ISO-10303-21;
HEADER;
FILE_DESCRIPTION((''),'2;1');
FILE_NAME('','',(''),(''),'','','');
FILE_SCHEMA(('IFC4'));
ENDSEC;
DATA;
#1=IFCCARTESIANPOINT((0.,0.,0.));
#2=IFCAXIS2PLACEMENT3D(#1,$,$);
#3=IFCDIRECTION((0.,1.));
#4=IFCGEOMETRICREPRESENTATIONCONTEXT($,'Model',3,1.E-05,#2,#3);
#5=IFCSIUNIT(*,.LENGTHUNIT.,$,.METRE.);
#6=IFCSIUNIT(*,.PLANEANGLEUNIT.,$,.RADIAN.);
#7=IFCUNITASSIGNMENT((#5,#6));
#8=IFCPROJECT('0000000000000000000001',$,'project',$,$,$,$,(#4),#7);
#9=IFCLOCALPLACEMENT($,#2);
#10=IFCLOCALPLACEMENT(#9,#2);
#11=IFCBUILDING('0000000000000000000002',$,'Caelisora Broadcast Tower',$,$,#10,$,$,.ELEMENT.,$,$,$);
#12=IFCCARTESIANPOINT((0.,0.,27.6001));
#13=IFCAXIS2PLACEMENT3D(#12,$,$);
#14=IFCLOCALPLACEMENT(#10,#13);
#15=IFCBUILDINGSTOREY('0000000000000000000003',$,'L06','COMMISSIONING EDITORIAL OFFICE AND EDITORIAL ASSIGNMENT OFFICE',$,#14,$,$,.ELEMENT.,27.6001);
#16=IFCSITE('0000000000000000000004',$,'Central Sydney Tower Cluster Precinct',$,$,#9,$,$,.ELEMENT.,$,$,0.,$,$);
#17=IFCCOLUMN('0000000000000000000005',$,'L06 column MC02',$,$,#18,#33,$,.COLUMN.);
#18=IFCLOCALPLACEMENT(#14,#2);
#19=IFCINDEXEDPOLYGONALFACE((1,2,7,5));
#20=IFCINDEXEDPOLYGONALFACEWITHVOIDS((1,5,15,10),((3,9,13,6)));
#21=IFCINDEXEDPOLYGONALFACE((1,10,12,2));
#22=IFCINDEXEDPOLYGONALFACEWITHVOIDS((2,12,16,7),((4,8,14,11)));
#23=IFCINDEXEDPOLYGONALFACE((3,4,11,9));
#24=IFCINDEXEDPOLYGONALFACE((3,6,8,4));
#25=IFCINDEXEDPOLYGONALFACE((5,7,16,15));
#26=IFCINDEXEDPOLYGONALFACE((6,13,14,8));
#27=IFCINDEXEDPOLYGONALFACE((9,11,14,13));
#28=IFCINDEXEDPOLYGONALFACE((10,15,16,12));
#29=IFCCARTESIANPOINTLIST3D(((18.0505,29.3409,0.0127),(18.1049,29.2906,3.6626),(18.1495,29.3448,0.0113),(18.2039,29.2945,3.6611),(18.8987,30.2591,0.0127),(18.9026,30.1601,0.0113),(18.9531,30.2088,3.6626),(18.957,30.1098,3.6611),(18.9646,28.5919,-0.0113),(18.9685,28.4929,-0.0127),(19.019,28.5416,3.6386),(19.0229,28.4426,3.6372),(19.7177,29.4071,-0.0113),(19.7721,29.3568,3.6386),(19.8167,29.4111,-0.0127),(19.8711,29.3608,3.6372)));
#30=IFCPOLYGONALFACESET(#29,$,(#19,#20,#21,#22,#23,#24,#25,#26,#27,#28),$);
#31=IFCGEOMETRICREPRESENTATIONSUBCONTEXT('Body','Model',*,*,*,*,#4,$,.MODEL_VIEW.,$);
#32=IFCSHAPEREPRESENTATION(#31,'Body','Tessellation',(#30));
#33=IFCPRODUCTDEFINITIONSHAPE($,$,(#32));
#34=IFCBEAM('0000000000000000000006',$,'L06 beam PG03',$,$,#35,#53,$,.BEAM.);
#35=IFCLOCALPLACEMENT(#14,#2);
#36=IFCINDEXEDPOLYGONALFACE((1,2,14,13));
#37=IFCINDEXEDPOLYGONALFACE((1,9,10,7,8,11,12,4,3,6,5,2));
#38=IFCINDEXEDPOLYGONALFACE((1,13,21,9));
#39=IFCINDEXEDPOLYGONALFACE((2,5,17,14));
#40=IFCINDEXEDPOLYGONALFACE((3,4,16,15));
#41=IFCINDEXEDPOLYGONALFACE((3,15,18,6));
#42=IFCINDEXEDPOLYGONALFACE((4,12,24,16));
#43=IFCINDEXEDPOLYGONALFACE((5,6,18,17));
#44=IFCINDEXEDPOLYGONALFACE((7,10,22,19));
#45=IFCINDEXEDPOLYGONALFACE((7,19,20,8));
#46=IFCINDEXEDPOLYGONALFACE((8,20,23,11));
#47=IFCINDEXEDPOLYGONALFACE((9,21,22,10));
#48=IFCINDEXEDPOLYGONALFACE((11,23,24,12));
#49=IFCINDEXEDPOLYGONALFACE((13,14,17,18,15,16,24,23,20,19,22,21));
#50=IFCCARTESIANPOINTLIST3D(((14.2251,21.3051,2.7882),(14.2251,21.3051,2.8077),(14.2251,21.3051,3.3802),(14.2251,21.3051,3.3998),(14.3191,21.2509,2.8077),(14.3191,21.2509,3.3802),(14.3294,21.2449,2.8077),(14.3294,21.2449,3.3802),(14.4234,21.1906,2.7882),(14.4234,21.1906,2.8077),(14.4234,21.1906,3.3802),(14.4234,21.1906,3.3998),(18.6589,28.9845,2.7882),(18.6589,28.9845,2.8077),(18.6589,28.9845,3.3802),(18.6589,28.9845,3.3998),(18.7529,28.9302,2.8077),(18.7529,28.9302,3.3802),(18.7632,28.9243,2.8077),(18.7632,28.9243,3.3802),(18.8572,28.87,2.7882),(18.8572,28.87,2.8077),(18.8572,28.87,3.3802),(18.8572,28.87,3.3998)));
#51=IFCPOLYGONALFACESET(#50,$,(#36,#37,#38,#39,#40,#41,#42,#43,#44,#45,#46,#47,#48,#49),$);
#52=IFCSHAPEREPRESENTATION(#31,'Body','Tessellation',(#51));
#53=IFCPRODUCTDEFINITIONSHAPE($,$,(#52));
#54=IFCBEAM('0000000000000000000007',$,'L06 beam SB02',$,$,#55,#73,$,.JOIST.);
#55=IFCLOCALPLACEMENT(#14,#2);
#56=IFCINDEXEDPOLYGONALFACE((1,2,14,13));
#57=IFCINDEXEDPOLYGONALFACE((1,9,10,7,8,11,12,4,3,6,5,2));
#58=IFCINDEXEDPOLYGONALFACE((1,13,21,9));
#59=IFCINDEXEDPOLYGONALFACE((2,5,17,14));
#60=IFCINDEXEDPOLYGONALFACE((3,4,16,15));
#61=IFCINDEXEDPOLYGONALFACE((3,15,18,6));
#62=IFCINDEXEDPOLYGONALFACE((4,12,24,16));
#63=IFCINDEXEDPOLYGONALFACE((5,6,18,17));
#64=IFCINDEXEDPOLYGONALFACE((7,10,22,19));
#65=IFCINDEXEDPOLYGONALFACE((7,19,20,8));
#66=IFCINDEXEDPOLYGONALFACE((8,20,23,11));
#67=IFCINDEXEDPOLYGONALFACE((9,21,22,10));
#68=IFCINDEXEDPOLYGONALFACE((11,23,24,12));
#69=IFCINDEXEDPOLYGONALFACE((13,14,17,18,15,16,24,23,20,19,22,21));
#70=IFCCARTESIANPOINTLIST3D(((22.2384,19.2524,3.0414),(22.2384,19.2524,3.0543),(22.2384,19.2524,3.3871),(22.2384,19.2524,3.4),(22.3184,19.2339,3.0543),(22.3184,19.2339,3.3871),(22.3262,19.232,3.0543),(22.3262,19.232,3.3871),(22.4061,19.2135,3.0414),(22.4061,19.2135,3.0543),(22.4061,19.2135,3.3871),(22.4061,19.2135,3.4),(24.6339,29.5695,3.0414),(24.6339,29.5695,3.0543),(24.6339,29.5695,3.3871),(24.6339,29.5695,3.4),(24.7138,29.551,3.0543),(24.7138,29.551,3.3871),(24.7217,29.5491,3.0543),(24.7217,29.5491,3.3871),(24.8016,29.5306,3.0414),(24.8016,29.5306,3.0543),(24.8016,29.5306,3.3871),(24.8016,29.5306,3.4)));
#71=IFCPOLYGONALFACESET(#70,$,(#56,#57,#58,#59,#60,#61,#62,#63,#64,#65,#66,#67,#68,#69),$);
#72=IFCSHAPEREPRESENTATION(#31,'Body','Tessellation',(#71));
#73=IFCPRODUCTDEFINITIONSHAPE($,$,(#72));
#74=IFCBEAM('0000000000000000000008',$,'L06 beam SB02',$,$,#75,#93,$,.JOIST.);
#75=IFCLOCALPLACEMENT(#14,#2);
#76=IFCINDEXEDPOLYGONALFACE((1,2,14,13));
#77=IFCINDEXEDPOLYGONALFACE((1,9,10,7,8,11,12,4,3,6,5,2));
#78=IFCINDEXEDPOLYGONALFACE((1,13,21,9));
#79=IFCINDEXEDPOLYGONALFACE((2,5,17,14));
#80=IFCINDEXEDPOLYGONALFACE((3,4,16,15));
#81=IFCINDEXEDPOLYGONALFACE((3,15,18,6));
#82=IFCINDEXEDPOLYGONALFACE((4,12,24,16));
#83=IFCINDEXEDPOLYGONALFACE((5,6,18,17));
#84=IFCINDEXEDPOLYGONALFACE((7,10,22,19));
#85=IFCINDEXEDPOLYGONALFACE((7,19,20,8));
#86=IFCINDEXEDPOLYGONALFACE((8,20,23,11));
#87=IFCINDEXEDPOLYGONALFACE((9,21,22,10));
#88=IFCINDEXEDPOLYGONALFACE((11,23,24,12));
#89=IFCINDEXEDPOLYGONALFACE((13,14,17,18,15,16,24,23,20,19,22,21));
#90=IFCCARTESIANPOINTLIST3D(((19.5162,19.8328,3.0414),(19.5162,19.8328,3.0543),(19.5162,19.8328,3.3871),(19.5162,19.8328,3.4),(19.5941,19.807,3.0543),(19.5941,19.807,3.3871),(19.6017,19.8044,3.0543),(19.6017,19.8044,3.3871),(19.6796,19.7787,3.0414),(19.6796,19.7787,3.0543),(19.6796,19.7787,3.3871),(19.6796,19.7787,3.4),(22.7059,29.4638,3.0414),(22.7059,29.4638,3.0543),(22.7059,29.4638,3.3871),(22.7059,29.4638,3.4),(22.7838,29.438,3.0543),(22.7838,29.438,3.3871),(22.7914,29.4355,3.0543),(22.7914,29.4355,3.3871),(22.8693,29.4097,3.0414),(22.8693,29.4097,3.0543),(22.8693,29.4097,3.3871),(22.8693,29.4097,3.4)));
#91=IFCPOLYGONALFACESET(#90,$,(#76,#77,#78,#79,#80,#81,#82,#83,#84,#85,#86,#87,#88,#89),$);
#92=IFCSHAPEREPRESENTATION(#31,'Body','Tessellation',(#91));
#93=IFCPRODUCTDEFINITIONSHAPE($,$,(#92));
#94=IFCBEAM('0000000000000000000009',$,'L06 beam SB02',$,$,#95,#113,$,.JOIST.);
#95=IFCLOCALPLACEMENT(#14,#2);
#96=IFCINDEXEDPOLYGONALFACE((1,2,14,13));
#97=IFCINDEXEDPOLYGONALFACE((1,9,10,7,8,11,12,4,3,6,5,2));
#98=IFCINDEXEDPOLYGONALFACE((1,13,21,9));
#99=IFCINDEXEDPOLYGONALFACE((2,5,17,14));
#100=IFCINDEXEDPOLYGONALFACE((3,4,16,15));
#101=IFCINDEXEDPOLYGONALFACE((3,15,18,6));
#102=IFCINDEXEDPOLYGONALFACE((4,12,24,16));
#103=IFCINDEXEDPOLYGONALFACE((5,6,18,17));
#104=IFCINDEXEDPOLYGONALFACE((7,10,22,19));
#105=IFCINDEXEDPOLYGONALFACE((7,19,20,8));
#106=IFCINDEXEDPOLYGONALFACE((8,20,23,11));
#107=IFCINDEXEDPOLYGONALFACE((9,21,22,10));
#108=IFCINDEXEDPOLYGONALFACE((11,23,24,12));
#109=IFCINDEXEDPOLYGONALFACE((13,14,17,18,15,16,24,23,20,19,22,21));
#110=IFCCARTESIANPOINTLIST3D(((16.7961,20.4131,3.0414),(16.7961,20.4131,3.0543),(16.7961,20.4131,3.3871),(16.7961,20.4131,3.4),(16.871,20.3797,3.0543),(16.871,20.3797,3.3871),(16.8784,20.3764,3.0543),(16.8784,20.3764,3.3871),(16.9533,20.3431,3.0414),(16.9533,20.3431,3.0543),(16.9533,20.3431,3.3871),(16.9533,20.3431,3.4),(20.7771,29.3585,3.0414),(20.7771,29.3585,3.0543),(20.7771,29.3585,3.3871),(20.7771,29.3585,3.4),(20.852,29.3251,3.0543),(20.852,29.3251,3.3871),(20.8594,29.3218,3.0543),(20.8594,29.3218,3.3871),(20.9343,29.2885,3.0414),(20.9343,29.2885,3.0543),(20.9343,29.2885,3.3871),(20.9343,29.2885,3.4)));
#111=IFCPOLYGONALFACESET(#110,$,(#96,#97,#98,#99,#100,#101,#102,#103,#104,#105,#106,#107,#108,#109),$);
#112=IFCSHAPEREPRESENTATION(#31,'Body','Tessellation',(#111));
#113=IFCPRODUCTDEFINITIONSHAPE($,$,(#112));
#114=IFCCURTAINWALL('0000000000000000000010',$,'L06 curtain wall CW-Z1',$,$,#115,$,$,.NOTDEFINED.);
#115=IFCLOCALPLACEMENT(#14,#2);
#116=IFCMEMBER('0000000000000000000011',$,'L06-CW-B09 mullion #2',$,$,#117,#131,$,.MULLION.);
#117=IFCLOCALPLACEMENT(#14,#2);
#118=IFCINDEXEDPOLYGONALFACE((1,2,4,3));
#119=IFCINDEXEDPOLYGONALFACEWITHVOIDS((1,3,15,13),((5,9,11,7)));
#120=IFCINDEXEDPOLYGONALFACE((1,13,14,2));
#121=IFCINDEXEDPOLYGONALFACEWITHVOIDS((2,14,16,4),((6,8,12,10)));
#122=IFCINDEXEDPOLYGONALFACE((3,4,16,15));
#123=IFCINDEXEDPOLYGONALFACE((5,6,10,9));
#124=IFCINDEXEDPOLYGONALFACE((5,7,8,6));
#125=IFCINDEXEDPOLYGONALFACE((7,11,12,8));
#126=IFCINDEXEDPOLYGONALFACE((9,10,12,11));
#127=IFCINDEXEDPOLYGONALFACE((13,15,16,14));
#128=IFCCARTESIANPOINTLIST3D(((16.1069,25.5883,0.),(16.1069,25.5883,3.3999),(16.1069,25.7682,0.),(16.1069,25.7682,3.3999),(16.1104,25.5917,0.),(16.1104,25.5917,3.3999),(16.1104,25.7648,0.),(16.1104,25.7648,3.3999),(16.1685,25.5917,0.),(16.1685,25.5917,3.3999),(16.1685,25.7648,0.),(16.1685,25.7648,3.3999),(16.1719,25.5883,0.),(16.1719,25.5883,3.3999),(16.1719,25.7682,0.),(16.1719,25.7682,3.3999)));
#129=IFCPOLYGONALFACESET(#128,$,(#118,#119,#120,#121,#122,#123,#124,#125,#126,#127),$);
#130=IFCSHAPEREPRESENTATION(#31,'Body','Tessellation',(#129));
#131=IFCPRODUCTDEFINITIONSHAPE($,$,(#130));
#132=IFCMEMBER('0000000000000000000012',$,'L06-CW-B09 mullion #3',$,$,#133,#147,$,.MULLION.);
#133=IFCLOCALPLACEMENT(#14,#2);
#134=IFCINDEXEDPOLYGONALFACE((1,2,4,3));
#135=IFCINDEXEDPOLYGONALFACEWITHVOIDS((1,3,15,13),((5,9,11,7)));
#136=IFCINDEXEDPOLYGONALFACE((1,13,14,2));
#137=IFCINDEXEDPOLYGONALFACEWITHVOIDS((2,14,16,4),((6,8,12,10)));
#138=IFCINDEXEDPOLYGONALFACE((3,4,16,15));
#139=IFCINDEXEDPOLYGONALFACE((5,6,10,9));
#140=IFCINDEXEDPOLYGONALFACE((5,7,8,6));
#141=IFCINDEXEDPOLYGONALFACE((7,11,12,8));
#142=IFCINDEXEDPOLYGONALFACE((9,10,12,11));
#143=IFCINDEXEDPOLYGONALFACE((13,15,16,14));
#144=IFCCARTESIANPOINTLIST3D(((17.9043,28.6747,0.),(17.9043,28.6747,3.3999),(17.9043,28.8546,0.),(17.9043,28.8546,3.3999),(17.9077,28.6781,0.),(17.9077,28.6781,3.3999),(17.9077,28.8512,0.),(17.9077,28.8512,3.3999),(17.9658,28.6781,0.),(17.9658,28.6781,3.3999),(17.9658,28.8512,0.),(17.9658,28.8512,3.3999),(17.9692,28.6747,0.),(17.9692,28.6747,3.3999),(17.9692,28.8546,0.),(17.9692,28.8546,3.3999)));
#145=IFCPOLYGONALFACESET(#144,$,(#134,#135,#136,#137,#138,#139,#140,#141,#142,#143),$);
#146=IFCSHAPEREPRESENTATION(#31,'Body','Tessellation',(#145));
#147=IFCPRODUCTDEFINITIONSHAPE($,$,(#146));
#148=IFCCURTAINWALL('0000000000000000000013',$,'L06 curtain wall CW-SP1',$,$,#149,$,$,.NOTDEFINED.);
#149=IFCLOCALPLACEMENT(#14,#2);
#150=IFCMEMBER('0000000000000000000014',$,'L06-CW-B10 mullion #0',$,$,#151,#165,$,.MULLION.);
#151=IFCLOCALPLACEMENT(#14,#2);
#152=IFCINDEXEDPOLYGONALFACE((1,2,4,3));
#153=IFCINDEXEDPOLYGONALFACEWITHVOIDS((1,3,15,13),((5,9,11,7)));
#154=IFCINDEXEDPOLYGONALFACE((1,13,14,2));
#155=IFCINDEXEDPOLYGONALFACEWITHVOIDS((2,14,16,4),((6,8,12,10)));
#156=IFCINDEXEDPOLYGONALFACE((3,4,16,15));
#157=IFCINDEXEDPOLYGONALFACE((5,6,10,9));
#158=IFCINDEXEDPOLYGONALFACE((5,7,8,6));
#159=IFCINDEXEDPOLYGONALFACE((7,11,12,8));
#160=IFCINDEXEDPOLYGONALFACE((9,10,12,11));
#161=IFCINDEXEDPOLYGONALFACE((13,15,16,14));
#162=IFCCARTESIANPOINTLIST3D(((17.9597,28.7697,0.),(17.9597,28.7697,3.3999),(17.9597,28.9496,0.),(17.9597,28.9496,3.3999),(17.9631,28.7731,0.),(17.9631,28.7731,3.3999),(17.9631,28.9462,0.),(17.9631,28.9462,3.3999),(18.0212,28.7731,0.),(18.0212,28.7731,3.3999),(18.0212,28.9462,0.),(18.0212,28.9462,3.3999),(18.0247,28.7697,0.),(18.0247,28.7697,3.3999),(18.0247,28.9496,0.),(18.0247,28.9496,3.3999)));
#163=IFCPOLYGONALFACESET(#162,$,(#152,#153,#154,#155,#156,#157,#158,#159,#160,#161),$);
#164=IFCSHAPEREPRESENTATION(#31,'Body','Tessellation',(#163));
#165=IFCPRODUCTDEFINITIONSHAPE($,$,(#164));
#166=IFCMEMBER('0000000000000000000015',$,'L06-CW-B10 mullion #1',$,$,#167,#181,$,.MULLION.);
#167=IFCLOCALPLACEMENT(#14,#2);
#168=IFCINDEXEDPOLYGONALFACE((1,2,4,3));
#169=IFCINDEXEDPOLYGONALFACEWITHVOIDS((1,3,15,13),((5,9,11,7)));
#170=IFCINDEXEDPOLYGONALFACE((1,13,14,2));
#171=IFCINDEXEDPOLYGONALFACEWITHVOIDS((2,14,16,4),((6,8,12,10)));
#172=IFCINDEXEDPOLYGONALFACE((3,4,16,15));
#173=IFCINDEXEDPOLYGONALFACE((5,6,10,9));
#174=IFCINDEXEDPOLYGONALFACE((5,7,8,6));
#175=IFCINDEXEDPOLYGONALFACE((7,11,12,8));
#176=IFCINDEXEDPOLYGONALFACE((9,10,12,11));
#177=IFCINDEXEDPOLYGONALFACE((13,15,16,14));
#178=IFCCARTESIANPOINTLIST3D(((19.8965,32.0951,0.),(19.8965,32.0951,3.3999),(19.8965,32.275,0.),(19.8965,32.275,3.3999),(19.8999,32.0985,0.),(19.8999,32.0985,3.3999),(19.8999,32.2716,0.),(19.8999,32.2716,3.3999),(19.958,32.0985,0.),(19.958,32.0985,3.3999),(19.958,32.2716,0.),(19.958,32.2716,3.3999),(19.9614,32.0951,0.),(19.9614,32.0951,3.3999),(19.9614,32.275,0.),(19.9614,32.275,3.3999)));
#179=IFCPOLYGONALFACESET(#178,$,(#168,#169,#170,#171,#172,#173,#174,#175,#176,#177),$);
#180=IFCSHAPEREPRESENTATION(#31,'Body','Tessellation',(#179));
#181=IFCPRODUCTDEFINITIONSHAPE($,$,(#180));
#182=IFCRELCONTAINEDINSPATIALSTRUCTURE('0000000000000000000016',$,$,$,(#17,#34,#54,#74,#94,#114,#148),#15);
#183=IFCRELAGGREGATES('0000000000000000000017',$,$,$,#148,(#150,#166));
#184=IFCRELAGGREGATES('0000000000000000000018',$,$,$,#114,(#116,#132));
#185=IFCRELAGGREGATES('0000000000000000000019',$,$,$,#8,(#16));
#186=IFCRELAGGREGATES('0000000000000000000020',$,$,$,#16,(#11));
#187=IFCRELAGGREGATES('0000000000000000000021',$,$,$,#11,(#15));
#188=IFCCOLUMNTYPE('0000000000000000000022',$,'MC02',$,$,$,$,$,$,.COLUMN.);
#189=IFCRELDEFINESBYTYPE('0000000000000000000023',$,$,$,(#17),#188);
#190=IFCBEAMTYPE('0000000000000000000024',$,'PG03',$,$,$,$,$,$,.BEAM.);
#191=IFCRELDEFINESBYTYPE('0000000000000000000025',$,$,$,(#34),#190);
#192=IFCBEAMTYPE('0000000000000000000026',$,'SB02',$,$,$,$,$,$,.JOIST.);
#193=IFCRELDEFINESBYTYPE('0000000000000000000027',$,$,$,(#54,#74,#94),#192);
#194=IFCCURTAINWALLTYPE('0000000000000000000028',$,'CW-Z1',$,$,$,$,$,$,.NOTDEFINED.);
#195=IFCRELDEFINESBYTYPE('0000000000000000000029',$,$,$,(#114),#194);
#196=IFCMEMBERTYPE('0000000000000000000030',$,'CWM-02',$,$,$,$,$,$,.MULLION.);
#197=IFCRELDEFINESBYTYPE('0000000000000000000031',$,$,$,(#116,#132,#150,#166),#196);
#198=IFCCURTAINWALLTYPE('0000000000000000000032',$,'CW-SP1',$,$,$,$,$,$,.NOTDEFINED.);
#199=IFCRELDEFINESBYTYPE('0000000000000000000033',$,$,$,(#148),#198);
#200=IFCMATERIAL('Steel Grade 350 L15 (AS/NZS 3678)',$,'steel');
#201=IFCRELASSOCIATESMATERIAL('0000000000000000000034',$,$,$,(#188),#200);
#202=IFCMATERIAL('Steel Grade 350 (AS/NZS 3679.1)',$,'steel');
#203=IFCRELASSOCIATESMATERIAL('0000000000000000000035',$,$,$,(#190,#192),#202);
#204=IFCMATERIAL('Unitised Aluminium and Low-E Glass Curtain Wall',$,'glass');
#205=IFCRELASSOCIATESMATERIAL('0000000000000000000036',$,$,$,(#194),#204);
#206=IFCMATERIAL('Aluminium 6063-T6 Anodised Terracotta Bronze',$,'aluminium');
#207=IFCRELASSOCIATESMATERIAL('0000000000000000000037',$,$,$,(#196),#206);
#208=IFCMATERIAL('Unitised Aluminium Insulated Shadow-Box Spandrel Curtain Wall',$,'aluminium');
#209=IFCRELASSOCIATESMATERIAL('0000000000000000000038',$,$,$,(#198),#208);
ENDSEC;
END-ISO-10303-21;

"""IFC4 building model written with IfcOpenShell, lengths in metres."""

from ifc_helpers import new_model, si_unit, direction, frame, origin, origin_2d, place, context, subcontext, project, spatial, hollow_rectangle, i_section, extrude, source, transform, mapped, material, material_profile, profile_set, type_object, type_shapes, element, aggregate, save


model = new_model("IFC4")

# Units and contexts
model_context = context("Model", 3, precision=1e-05, world=origin(), true_north=direction((0.0, 1.0)))
body_context = subcontext(model_context, "Body", "Model", "MODEL_VIEW")
ifc_project = project(units=[si_unit("LENGTHUNIT", "METRE"), si_unit("PLANEANGLEUNIT", "RADIAN")], contexts=[model_context])

# Site, building, storey
site_placement = place(None, origin())
site = spatial("IfcSite", under=ifc_project, at=site_placement, Name="Central Sydney Tower Cluster Precinct", CompositionType="ELEMENT", RefElevation=0.0)
building_placement = place(site_placement, origin())
building = spatial("IfcBuilding", under=site, at=building_placement, Name="Caelisora Broadcast Tower", CompositionType="ELEMENT")
storey_placement = place(building_placement, frame((0.0, 0.0, 27.6001)))
storey = spatial("IfcBuildingStorey", under=building, at=storey_placement, Name="L06", Description="COMMISSIONING EDITORIAL OFFICE AND EDITORIAL ASSIGNMENT OFFICE", CompositionType="ELEMENT", Elevation=27.6001)

# Column
ifc_material_1 = material(Name="Steel Grade 350 L15 (AS/NZS 3678)", Category="steel")
ifc_material_profile_1 = material_profile(ifc_material_1, hollow_rectangle(XDim=1.25, YDim=1.25, WallThickness=0.0701, at=origin_2d()), Name="Steel Grade 350 L15 (AS/NZS 3678)")
ifc_profile_set_1 = profile_set([ifc_material_profile_1], Name="Steel Grade 350 L15 (AS/NZS 3678)")
column_type = type_object("IfcColumnType", Name="MC02", PredefinedType="COLUMN", material=ifc_profile_set_1)
shared_shape_1 = source(origin(), body_context, "Body", "SweptSolid", [
    extrude(hollow_rectangle(XDim=1.25, YDim=1.25, WallThickness=0.0701, at=origin_2d()), origin(), (0.0, 0.0, 1.0), 3.6506),
])
type_shapes(column_type, [shared_shape_1])
column_placement = place(storey_placement, frame((18.9336, 29.376, 0.0), z_axis=(0.014913, -0.013776, 0.999794), x_axis=(0.678554, 0.734551, 0.0)))
element("IfcColumn", 1, at=column_placement, inside=storey, type_object=column_type, Name="L06 column MC02", PredefinedType="COLUMN", context=body_context, shape_type="MappedRepresentation", body=[
    mapped(shared_shape_1, transform((0.0, 0.0, 0.0), scale=1.0)),
])

# Beams
ifc_material_2 = material(Name="Steel Grade 350 (AS/NZS 3679.1)", Category="steel")
ifc_material_profile_2 = material_profile(ifc_material_2, i_section(OverallWidth=0.229, OverallDepth=0.6116, WebThickness=0.012, FlangeThickness=0.0195, at=origin_2d()), Name="Steel Grade 350 (AS/NZS 3679.1)")
ifc_profile_set_2 = profile_set([ifc_material_profile_2], Name="Steel Grade 350 (AS/NZS 3679.1)")
beam_type_1 = type_object("IfcBeamType", Name="PG03", PredefinedType="BEAM", material=ifc_profile_set_2)
shared_shape_2 = source(origin(), body_context, "Body", "SweptSolid", [
    extrude(i_section(OverallWidth=0.229, OverallDepth=0.6116, WebThickness=0.012, FlangeThickness=0.0195, at=origin_2d()), origin(), (0.0, 0.0, 1.0), 8.8674),
])
type_shapes(beam_type_1, [shared_shape_2])
beam_1_placement = place(storey_placement, frame((18.7581, 28.9272, 3.094), z_axis=(-0.500009, -0.86602, 0.0), x_axis=(0.86602, -0.500009, 0.0)))
element("IfcBeam", 2, at=beam_1_placement, inside=storey, type_object=beam_type_1, Name="L06 beam PG03", PredefinedType="BEAM", context=body_context, shape_type="MappedRepresentation", body=[
    mapped(shared_shape_2, transform((0.0, 0.0, 0.0), scale=1.0)),
])
ifc_material_profile_3 = material_profile(ifc_material_2, i_section(OverallWidth=0.1721, OverallDepth=0.3586, WebThickness=0.0081, FlangeThickness=0.0129, at=origin_2d()), Name="Steel Grade 350 (AS/NZS 3679.1)")
ifc_profile_set_3 = profile_set([ifc_material_profile_3], Name="Steel Grade 350 (AS/NZS 3679.1)")
beam_type_2 = type_object("IfcBeamType", Name="SB02", PredefinedType="JOIST", material=ifc_profile_set_3)
shared_shape_3 = source(origin(), body_context, "Body", "SweptSolid", [
    extrude(i_section(OverallWidth=0.1721, OverallDepth=0.3586, WebThickness=0.0081, FlangeThickness=0.0129, at=origin_2d()), origin(), (0.0, 0.0, 1.0), 10.5916),
])
beam_2_placement = place(storey_placement, frame((24.7178, 29.55, 3.2207), z_axis=(-0.226171, -0.974088, 0.0), x_axis=(0.974088, -0.226171, 0.0)))
element("IfcBeam", 3, at=beam_2_placement, inside=storey, type_object=beam_type_2, Name="L06 beam SB02", PredefinedType="JOIST", context=body_context, shape_type="MappedRepresentation", body=[
    mapped(shared_shape_3, transform((0.0, 0.0, 0.0), scale=1.0)),
])
shared_shape_4 = source(origin(), body_context, "Body", "SweptSolid", [
    extrude(i_section(OverallWidth=0.1721, OverallDepth=0.3586, WebThickness=0.0081, FlangeThickness=0.0129, at=origin_2d()), origin(), (0.0, 0.0, 1.0), 10.1455),
])
beam_3_placement = place(storey_placement, frame((22.7876, 29.4368, 3.2207), z_axis=(-0.314394, -0.949293, 0.0), x_axis=(0.949293, -0.314394, 0.0)))
element("IfcBeam", 4, at=beam_3_placement, inside=storey, type_object=beam_type_2, Name="L06 beam SB02", PredefinedType="JOIST", context=body_context, shape_type="MappedRepresentation", body=[
    mapped(shared_shape_4, transform((0.0, 0.0, 0.0), scale=1.0)),
])
shared_shape_5 = source(origin(), body_context, "Body", "SweptSolid", [
    extrude(i_section(OverallWidth=0.1721, OverallDepth=0.3586, WebThickness=0.0081, FlangeThickness=0.0129, at=origin_2d()), origin(), (0.0, 0.0, 1.0), 9.7913),
])
type_shapes(beam_type_2, [shared_shape_3, shared_shape_4, shared_shape_5])
beam_4_placement = place(storey_placement, frame((20.8557, 29.3235, 3.2207), z_axis=(-0.406587, -0.913612, 0.0), x_axis=(0.913612, -0.406587, 0.0)))
element("IfcBeam", 5, at=beam_4_placement, inside=storey, type_object=beam_type_2, Name="L06 beam SB02", PredefinedType="JOIST", context=body_context, shape_type="MappedRepresentation", body=[
    mapped(shared_shape_5, transform((0.0, 0.0, 0.0), scale=1.0)),
])

# Curtain walls, members
ifc_material_3 = material(Name="Unitised Aluminium and Low-E Glass Curtain Wall", Category="glass")
curtain_wall_type_1 = type_object("IfcCurtainWallType", Name="CW-Z1", PredefinedType="NOTDEFINED", material=ifc_material_3)
curtain_wall_1_placement = place(storey_placement, origin())
curtain_wall_1 = element("IfcCurtainWall", 6, at=curtain_wall_1_placement, inside=storey, type_object=curtain_wall_type_1, Name="L06 curtain wall CW-Z1", PredefinedType="NOTDEFINED")
ifc_material_4 = material(Name="Aluminium 6063-T6 Anodised Terracotta Bronze", Category="aluminium")
ifc_material_profile_4 = material_profile(ifc_material_4, hollow_rectangle(XDim=0.0649, YDim=0.1799, WallThickness=0.0034, at=origin_2d()), Name="Aluminium 6063-T6 Anodised Terracotta Bronze")
ifc_profile_set_4 = profile_set([ifc_material_profile_4], Name="Aluminium 6063-T6 Anodised Terracotta Bronze")
member_type_1 = type_object("IfcMemberType", Name="CWM-02", PredefinedType="MULLION", material=ifc_profile_set_4)
shared_shape_6 = source(origin(), body_context, "Body", "SweptSolid", [
    extrude(hollow_rectangle(XDim=0.0649, YDim=0.1799, WallThickness=0.0034, at=origin_2d()), origin(), (0.0, 0.0, 1.0), 3.3999),
])
type_shapes(member_type_1, [shared_shape_6])
member_1_placement = place(storey_placement, frame((16.1394, 25.6782, 0.0), z_axis=(0.0, 0.0, 1.0), x_axis=(1.0, 0.0, 0.0)))
member_1 = element("IfcMember", 7, at=member_1_placement, type_object=member_type_1, Name="L06-CW-B09 mullion #2", PredefinedType="MULLION", context=body_context, shape_type="MappedRepresentation", body=[
    mapped(shared_shape_6, transform((0.0, 0.0, 0.0), scale=1.0)),
])
member_2_placement = place(storey_placement, frame((17.9368, 28.7646, 0.0), z_axis=(0.0, 0.0, 1.0), x_axis=(1.0, 0.0, 0.0)))
member_2 = element("IfcMember", 8, at=member_2_placement, type_object=member_type_1, Name="L06-CW-B09 mullion #3", PredefinedType="MULLION", context=body_context, shape_type="MappedRepresentation", body=[
    mapped(shared_shape_6, transform((0.0, 0.0, 0.0), scale=1.0)),
])
ifc_material_5 = material(Name="Unitised Aluminium Insulated Shadow-Box Spandrel Curtain Wall", Category="aluminium")
curtain_wall_type_2 = type_object("IfcCurtainWallType", Name="CW-SP1", PredefinedType="NOTDEFINED", material=ifc_material_5)
curtain_wall_2_placement = place(storey_placement, origin())
curtain_wall_2 = element("IfcCurtainWall", 9, at=curtain_wall_2_placement, inside=storey, type_object=curtain_wall_type_2, Name="L06 curtain wall CW-SP1", PredefinedType="NOTDEFINED")
member_3_placement = place(storey_placement, frame((17.9922, 28.8596, 0.0), z_axis=(0.0, 0.0, 1.0), x_axis=(1.0, 0.0, 0.0)))
member_3 = element("IfcMember", 10, at=member_3_placement, type_object=member_type_1, Name="L06-CW-B10 mullion #0", PredefinedType="MULLION", context=body_context, shape_type="MappedRepresentation", body=[
    mapped(shared_shape_6, transform((0.0, 0.0, 0.0), scale=1.0)),
])
member_4_placement = place(storey_placement, frame((19.929, 32.1851, 0.0), z_axis=(0.0, 0.0, 1.0), x_axis=(1.0, 0.0, 0.0)))
member_4 = element("IfcMember", 11, at=member_4_placement, type_object=member_type_1, Name="L06-CW-B10 mullion #1", PredefinedType="MULLION", context=body_context, shape_type="MappedRepresentation", body=[
    mapped(shared_shape_6, transform((0.0, 0.0, 0.0), scale=1.0)),
])

aggregate(curtain_wall_2, [member_3, member_4])
aggregate(curtain_wall_1, [member_1, member_2])

save(model, "model.ifc")
